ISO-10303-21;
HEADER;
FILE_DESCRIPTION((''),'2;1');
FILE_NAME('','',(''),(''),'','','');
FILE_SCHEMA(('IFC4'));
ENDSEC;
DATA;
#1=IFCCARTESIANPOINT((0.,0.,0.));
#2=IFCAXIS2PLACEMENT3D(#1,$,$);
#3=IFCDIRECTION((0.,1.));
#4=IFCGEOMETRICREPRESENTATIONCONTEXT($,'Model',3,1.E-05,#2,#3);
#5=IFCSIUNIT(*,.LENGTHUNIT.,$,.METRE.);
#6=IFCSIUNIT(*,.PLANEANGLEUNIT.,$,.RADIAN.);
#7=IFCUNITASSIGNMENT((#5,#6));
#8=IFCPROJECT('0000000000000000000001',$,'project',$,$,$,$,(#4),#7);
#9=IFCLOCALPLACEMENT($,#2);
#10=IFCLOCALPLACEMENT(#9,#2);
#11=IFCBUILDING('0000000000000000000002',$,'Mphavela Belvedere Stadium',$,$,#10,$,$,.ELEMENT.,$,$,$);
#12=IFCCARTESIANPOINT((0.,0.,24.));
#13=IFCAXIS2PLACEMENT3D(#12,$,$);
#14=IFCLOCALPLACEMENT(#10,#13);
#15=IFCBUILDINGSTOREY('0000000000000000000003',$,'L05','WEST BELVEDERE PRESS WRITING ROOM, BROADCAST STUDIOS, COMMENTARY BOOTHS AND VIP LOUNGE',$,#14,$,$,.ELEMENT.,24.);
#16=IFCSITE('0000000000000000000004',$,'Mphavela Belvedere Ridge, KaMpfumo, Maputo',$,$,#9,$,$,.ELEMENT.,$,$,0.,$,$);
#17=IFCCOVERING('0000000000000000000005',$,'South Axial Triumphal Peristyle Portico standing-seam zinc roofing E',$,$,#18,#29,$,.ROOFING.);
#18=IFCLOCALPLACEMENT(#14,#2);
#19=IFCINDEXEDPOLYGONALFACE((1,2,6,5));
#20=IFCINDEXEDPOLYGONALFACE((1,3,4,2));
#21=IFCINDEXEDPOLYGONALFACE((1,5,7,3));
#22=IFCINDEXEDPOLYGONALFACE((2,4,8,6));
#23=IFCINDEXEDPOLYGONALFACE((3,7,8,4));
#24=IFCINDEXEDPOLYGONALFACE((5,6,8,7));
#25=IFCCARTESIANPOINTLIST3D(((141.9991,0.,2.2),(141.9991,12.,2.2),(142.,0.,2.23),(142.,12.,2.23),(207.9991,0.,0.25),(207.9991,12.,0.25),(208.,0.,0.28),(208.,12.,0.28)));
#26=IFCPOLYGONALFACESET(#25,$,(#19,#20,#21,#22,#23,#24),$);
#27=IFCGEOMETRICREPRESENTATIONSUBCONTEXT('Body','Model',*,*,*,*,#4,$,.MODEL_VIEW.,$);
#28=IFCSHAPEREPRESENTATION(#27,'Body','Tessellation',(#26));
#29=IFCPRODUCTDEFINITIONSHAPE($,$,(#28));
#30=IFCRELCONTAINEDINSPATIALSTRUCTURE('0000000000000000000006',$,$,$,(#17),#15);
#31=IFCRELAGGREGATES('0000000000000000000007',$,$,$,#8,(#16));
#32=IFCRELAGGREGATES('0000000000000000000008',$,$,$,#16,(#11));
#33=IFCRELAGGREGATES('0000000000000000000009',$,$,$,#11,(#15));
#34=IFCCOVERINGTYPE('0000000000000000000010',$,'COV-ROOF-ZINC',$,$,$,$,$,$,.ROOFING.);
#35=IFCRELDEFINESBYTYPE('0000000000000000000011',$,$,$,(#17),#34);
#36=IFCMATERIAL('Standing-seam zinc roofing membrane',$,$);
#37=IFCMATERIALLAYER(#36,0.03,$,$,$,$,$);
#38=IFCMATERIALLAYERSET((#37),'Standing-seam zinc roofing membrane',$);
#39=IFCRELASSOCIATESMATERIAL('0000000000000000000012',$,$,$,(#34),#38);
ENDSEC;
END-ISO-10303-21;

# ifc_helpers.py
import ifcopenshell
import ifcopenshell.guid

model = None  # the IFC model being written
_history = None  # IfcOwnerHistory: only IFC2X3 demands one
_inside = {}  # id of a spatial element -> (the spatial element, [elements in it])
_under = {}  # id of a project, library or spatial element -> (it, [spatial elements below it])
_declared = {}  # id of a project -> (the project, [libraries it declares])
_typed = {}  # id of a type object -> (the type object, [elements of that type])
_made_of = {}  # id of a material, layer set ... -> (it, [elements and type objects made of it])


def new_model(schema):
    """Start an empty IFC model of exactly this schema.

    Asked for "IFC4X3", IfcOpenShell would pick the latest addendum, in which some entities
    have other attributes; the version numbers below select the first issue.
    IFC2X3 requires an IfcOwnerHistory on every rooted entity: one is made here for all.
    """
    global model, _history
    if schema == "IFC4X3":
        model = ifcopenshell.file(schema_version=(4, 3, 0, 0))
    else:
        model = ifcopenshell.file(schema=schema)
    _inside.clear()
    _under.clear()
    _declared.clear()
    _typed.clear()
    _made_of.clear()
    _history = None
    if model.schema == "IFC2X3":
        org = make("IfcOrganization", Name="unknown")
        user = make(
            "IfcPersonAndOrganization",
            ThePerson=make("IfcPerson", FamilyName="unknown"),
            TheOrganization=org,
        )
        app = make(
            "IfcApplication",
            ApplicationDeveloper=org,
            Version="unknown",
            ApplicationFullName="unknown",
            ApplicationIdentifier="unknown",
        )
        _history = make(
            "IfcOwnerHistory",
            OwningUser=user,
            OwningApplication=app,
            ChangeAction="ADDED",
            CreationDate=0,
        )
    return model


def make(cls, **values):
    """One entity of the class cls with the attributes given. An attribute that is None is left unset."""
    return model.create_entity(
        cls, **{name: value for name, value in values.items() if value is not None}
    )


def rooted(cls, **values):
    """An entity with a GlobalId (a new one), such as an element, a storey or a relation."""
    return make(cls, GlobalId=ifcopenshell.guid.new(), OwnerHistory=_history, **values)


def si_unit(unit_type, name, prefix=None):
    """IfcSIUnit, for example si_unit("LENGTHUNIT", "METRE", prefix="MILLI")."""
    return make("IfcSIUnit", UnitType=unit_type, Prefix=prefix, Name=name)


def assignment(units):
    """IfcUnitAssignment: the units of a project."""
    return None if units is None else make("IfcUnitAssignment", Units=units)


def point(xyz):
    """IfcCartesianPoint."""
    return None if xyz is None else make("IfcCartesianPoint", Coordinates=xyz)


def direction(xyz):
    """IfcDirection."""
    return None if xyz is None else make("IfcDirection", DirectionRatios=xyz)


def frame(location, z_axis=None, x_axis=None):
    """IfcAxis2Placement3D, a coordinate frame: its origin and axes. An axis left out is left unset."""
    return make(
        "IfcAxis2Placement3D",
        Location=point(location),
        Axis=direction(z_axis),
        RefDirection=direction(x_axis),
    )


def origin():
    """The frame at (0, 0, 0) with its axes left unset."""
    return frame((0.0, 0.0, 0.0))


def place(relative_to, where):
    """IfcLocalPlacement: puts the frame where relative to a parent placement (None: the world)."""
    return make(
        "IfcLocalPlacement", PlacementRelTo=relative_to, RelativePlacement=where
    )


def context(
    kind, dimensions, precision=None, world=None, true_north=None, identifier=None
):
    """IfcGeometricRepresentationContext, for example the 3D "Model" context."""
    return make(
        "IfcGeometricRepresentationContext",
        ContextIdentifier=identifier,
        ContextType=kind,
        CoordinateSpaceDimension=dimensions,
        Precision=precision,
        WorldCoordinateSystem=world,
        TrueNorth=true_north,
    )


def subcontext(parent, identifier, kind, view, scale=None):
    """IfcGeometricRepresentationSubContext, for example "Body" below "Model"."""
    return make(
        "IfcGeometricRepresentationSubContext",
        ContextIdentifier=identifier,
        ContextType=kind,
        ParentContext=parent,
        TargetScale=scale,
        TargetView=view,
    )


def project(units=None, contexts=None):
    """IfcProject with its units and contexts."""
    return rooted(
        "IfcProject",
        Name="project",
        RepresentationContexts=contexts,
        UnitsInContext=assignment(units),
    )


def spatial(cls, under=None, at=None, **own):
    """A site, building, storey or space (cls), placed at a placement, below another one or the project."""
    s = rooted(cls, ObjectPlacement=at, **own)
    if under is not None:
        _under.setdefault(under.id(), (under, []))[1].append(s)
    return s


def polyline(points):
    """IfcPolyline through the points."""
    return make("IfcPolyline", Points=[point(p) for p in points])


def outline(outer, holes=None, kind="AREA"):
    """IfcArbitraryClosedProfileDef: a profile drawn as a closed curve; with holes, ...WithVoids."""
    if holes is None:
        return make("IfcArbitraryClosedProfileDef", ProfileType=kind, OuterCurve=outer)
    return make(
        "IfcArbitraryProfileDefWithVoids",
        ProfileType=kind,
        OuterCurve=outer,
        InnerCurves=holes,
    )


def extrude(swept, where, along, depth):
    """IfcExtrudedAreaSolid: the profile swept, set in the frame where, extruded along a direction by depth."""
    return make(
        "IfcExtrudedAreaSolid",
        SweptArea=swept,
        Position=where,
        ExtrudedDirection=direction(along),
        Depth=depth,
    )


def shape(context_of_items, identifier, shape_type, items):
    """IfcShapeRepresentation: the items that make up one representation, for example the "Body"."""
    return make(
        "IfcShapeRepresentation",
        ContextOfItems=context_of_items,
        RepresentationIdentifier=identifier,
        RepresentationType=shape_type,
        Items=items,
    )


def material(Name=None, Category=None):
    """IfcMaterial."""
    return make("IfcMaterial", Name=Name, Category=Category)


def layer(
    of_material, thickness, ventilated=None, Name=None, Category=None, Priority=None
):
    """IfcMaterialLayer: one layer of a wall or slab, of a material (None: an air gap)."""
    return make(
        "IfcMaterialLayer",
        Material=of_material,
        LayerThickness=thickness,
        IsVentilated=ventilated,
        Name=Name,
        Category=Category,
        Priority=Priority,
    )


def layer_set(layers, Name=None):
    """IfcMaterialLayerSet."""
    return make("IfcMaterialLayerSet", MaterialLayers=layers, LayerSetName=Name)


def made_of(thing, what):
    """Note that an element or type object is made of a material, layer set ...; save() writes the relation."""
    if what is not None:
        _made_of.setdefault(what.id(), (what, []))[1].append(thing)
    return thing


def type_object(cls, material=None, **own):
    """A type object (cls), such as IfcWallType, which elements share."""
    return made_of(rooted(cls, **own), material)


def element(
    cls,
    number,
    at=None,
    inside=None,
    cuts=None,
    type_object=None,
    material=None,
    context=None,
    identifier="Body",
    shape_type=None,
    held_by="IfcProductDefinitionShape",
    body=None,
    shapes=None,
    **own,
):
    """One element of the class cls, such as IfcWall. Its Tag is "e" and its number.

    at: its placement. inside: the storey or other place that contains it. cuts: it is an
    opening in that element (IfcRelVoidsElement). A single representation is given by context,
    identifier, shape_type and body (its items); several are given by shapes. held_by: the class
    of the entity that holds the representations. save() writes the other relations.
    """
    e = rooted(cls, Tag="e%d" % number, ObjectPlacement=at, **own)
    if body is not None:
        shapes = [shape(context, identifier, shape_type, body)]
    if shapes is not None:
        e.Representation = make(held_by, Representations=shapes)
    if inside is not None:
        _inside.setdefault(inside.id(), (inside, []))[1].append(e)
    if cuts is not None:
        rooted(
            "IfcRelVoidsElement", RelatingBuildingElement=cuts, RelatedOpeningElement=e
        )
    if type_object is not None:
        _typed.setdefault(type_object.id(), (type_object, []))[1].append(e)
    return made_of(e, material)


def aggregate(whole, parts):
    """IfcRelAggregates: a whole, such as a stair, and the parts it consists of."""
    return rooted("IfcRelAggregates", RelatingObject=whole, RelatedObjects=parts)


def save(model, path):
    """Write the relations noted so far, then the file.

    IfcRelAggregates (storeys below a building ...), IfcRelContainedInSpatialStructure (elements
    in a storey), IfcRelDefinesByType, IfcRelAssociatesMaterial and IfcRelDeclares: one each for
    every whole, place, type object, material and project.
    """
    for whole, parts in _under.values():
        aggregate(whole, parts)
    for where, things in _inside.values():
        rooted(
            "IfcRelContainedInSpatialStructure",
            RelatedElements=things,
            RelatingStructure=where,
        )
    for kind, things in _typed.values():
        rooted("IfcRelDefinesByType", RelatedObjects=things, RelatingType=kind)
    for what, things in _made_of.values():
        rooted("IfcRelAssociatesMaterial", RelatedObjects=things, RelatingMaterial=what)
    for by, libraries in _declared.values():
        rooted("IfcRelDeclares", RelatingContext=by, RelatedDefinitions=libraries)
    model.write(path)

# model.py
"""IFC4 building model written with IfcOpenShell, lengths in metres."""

from ifc_helpers import new_model, si_unit, direction, frame, origin, place, context, subcontext, project, spatial, polyline, outline, extrude, material, layer, layer_set, type_object, element, save


model = new_model("IFC4")

# Units and contexts
model_context = context("Model", 3, precision=1e-05, world=origin(), true_north=direction((0.0, 1.0)))
body_context = subcontext(model_context, "Body", "Model", "MODEL_VIEW")
ifc_project = project(units=[si_unit("LENGTHUNIT", "METRE"), si_unit("PLANEANGLEUNIT", "RADIAN")], contexts=[model_context])

# Site, building, storey
site_placement = place(None, origin())
site = spatial("IfcSite", under=ifc_project, at=site_placement, Name="Mphavela Belvedere Ridge, KaMpfumo, Maputo", CompositionType="ELEMENT", RefElevation=0.0)
building_placement = place(site_placement, origin())
building = spatial("IfcBuilding", under=site, at=building_placement, Name="Mphavela Belvedere Stadium", CompositionType="ELEMENT")
storey_placement = place(building_placement, frame((0.0, 0.0, 24.0)))
storey = spatial("IfcBuildingStorey", under=building, at=storey_placement, Name="L05", Description="WEST BELVEDERE PRESS WRITING ROOM, BROADCAST STUDIOS, COMMENTARY BOOTHS AND VIP LOUNGE", CompositionType="ELEMENT", Elevation=24.0)

# Covering
ifc_material_1 = material(Name="Standing-seam zinc roofing membrane")
ifc_layer_1 = layer(ifc_material_1, 0.03)
ifc_layer_set_1 = layer_set([ifc_layer_1], Name="Standing-seam zinc roofing membrane")
covering_type = type_object("IfcCoveringType", Name="COV-ROOF-ZINC", PredefinedType="ROOFING", material=ifc_layer_set_1)
covering_placement = place(storey_placement, frame((142.0, 0.0, 2.23), z_axis=(0.029532, 0.0, 0.999564), x_axis=(0.999564, 0.0, -0.029532)))
element("IfcCovering", 1, at=covering_placement, inside=storey, type_object=covering_type, Name="South Axial Triumphal Peristyle Portico standing-seam zinc roofing E", PredefinedType="ROOFING", context=body_context, shape_type="SweptSolid", body=[
    extrude(outline(polyline([(0.0, 0.0), (66.0288, 0.0), (66.0288, 12.0), (0.0, 12.0), (0.0, 0.0)])), origin(), (0.0, 0.0, -1.0), 0.03),
])

save(model, "model.ifc")
